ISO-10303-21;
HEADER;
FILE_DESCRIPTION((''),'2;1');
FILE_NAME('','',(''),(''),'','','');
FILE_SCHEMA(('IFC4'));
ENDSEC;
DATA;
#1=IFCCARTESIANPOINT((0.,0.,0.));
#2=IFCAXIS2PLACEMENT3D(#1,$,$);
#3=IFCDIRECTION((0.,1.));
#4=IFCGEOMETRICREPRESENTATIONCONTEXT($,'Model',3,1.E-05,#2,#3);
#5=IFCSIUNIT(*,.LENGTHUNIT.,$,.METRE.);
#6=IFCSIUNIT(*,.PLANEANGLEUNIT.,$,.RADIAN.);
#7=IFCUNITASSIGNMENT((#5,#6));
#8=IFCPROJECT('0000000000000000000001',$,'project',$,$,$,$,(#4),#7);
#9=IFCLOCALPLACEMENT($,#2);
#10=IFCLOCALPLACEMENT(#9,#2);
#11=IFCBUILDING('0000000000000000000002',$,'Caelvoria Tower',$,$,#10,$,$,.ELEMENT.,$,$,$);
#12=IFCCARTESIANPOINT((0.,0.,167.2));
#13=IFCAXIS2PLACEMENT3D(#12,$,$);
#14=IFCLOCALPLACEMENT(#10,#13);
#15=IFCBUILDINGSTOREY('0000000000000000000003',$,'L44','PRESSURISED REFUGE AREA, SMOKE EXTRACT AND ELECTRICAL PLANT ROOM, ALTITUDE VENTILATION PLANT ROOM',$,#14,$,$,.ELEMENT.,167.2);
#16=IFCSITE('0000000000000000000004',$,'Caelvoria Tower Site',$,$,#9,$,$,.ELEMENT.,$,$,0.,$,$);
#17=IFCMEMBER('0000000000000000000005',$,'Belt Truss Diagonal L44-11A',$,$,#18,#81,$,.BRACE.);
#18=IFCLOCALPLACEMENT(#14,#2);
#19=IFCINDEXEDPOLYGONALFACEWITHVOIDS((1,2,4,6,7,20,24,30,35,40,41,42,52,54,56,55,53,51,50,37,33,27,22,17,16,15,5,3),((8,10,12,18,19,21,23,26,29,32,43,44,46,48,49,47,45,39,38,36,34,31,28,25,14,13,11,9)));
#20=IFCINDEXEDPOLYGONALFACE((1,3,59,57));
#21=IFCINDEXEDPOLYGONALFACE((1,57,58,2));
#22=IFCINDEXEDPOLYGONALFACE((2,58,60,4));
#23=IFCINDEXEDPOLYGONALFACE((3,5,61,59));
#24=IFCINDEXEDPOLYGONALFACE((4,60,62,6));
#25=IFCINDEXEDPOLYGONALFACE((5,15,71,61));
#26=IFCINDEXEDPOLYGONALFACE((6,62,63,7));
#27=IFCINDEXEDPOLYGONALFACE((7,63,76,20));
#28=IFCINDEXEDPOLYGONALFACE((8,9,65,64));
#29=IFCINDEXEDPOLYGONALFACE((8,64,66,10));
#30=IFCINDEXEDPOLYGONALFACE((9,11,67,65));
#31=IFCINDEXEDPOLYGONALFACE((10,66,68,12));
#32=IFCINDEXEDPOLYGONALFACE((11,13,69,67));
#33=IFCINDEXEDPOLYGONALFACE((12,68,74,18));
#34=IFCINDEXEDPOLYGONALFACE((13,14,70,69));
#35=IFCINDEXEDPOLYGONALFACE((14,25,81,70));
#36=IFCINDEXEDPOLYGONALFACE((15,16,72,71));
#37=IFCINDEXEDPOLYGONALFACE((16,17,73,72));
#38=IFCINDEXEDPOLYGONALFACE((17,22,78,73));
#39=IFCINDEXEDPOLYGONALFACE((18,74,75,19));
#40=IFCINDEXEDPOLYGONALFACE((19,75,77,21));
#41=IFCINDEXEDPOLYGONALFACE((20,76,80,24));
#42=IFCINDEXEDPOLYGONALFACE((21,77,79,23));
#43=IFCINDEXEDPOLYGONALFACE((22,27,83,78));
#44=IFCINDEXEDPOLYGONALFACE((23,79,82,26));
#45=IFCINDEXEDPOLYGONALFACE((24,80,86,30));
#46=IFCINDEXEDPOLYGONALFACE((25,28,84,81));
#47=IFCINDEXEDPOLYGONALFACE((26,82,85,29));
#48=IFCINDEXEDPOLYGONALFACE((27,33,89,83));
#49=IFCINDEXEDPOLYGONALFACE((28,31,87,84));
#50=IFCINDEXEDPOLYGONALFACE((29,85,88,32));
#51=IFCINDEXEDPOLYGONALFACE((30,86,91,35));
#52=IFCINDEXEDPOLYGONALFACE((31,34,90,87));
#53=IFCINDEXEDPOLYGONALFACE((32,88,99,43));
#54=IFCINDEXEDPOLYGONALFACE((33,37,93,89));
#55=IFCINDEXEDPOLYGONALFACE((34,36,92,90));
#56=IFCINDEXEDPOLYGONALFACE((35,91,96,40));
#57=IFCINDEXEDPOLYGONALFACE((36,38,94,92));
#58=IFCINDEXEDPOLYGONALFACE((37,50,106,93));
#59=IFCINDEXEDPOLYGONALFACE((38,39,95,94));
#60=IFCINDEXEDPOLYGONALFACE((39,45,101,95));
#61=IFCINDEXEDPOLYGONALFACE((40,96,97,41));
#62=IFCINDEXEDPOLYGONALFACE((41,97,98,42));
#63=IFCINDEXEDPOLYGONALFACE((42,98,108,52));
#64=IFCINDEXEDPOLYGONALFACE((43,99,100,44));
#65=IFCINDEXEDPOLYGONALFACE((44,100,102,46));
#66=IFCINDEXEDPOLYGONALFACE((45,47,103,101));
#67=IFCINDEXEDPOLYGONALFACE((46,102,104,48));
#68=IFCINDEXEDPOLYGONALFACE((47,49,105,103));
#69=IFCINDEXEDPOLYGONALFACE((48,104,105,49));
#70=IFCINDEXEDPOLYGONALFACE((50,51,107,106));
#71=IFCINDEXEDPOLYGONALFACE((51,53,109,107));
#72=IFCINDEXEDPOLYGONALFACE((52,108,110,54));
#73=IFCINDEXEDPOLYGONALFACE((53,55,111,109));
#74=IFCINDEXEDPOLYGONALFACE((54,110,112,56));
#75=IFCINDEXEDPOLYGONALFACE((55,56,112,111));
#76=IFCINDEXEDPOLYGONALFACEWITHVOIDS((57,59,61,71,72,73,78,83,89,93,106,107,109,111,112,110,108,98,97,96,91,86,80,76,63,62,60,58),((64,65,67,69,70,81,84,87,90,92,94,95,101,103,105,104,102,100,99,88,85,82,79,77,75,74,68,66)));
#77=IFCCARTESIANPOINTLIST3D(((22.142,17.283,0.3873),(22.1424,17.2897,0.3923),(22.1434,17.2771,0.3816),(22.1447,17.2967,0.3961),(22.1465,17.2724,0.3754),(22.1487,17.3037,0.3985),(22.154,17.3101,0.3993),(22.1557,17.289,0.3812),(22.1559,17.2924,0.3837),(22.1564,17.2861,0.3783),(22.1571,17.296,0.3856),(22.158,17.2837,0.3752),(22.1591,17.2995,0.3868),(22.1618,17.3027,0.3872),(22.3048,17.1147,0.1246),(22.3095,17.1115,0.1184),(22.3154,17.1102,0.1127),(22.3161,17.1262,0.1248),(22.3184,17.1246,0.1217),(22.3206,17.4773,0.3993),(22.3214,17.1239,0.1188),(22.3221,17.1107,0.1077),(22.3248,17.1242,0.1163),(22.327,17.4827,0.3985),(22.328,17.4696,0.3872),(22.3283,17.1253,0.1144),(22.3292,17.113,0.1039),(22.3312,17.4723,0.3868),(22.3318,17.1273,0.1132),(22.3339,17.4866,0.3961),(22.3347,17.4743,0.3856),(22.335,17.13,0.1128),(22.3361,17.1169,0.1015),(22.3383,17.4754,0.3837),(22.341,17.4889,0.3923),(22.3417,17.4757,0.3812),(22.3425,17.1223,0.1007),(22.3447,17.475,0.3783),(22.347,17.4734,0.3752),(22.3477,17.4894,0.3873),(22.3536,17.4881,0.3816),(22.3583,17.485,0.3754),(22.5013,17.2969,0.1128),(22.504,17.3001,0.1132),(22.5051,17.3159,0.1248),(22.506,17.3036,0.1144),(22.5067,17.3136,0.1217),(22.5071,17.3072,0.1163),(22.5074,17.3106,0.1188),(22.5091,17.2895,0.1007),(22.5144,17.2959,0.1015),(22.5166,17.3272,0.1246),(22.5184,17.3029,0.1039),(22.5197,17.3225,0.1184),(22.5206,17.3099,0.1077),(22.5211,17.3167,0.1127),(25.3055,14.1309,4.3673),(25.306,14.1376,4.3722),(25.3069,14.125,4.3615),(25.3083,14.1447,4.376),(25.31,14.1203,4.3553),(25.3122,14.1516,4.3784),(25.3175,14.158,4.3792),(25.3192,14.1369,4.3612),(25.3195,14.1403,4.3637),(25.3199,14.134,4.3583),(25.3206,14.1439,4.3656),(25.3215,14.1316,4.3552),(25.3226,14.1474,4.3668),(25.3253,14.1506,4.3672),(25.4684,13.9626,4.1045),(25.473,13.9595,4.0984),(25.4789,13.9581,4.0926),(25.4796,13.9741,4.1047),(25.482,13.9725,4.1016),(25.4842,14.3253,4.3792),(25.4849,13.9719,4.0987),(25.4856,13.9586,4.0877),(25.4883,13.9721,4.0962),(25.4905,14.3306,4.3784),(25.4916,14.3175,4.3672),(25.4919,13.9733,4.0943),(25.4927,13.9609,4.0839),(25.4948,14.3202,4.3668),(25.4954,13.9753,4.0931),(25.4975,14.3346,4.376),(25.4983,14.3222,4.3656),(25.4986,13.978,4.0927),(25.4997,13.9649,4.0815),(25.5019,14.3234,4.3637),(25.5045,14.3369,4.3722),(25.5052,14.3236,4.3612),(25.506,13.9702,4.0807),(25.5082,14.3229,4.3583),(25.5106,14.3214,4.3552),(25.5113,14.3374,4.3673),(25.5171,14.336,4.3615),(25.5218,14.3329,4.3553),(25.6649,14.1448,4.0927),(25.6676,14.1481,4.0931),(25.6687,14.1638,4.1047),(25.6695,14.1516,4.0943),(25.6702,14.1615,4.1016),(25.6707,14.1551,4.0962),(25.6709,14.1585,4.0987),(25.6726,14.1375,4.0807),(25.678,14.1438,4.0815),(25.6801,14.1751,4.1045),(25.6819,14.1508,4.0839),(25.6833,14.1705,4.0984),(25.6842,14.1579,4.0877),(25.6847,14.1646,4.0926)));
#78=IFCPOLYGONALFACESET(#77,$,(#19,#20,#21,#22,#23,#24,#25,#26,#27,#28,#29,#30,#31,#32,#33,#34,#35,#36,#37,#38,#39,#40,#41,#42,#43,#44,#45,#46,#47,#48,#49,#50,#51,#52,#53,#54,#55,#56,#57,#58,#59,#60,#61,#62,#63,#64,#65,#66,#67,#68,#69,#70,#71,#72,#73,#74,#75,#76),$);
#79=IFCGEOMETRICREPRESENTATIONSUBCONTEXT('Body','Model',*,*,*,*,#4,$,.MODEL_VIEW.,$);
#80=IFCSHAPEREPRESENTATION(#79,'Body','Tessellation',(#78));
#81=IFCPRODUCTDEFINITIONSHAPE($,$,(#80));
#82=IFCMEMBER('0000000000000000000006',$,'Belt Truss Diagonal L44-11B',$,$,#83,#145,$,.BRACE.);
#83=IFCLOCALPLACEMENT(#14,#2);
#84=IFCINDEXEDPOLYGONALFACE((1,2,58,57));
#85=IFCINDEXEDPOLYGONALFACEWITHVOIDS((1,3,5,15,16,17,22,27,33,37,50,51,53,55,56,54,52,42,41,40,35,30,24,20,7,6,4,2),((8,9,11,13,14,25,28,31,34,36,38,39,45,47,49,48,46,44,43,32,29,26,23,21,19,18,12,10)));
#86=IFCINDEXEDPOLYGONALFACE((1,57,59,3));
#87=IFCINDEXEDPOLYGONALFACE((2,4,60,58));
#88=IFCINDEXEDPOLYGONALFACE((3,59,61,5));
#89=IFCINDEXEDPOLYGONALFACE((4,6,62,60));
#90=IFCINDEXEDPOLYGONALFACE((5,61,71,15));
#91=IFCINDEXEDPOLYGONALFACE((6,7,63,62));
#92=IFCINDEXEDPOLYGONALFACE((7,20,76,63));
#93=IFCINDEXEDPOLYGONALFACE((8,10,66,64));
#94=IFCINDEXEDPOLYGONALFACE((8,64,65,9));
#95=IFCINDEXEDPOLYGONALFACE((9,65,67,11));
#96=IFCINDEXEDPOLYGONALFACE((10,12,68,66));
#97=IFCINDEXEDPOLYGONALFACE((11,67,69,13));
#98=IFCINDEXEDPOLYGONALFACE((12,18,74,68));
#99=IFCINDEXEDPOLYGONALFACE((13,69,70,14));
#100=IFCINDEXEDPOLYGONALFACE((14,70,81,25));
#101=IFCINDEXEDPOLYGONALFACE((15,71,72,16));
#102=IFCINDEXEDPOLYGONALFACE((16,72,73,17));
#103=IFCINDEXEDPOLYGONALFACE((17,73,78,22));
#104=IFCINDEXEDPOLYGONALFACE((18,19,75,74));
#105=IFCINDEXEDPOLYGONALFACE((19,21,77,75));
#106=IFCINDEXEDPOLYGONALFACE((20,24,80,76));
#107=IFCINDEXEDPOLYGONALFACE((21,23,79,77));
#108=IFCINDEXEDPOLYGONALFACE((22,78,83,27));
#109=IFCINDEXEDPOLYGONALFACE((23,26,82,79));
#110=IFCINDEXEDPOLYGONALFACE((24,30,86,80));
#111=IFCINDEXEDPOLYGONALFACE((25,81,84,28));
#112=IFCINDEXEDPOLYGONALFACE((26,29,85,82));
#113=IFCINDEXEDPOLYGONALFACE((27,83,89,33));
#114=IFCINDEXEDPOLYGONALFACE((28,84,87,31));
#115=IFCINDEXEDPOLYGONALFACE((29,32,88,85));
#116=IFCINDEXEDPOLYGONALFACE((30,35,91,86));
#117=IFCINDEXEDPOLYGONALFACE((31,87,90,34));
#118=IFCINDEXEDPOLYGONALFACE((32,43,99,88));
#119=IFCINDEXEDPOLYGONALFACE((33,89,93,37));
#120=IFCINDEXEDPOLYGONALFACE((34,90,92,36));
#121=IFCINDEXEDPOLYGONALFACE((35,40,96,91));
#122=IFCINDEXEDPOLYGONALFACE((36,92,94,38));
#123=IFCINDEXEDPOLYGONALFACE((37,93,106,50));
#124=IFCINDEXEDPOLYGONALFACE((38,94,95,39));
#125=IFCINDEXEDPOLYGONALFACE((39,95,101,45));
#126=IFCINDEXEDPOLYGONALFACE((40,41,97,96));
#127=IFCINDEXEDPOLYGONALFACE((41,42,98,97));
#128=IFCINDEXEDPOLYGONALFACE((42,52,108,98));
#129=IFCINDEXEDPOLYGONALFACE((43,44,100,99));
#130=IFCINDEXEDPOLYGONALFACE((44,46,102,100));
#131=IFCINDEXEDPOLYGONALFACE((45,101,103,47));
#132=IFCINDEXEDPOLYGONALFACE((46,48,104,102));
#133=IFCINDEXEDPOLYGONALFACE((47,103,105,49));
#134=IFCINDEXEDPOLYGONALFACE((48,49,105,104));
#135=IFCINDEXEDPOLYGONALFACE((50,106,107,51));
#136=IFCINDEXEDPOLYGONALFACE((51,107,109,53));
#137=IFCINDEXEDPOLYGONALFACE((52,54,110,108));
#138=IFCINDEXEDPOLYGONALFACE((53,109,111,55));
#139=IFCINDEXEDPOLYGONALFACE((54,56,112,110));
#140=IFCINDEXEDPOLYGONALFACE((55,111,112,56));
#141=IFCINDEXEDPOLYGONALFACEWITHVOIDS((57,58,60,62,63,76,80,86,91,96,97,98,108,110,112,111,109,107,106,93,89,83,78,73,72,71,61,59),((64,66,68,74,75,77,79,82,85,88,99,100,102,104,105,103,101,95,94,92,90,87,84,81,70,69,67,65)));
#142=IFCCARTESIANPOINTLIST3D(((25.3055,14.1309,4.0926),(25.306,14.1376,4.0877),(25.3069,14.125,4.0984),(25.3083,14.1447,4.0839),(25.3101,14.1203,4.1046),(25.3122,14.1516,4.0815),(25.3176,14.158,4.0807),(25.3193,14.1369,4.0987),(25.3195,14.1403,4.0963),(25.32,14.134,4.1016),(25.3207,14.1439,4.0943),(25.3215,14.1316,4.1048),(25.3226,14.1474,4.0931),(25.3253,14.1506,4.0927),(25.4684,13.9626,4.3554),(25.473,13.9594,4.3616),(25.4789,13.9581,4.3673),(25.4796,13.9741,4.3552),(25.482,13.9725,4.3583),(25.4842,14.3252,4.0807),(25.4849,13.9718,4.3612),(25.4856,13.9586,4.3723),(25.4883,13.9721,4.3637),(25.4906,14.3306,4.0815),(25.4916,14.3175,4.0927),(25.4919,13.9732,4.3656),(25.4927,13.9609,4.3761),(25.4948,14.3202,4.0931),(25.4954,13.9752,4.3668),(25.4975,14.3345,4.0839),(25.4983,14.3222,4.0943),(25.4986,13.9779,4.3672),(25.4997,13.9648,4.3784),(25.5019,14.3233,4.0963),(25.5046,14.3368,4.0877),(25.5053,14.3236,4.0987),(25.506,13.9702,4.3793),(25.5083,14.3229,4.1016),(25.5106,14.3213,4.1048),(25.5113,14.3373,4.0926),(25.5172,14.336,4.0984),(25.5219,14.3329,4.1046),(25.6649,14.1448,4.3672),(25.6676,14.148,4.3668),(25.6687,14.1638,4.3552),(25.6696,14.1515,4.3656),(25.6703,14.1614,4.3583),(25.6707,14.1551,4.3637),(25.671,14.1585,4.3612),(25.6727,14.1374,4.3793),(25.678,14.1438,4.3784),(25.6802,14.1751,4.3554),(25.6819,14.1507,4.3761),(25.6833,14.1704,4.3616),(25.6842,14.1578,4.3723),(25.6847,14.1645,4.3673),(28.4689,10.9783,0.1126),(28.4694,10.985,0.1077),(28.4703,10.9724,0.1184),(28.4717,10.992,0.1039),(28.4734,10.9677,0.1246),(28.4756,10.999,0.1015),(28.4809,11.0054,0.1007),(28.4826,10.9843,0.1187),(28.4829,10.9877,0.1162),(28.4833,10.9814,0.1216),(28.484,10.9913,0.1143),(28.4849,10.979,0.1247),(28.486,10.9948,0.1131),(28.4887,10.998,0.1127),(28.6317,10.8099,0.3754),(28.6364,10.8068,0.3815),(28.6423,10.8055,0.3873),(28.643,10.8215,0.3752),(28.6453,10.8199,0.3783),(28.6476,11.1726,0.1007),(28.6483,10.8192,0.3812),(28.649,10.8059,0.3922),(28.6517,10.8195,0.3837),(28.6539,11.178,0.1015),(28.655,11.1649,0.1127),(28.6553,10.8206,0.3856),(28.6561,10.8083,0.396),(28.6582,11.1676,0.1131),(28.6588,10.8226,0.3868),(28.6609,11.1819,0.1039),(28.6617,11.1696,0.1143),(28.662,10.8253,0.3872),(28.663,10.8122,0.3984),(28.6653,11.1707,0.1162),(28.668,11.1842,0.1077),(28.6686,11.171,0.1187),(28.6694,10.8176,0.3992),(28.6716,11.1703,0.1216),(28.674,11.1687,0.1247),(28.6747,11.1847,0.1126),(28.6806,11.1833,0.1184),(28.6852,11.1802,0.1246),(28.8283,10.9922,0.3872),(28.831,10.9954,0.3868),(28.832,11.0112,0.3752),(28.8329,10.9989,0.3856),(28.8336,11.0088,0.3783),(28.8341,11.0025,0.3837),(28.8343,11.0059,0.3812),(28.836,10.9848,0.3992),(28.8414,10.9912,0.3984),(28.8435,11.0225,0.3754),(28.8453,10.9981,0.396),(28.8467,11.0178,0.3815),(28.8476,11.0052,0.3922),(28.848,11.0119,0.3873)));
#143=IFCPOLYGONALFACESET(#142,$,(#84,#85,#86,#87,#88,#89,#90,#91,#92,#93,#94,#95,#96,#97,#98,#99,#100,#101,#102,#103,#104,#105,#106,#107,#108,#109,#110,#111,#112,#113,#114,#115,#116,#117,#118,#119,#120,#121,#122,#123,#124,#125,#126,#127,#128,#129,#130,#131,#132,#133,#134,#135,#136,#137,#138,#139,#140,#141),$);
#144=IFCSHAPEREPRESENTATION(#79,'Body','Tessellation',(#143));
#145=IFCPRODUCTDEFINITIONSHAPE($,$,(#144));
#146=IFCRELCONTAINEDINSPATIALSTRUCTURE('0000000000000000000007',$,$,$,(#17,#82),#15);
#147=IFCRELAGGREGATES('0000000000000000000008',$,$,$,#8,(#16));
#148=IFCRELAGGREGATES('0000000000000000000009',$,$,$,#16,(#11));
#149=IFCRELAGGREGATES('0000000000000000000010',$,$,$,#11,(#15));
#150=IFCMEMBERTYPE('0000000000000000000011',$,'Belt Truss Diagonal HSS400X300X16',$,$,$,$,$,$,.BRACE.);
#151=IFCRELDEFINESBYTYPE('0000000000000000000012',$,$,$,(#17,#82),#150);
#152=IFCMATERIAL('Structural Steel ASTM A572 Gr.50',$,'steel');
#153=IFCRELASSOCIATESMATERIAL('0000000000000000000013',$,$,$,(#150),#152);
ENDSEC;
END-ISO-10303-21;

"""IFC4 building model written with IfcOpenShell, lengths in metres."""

from ifc_helpers import new_model, si_unit, direction, frame, origin, origin_2d, place, context, subcontext, project, spatial, hollow_rectangle, extrude, material, material_profile, profile_set, type_object, element, save


model = new_model("IFC4")

# Units and contexts
model_context = context("Model", 3, precision=1e-05, world=origin(), true_north=direction((0.0, 1.0)))
body_context = subcontext(model_context, "Body", "Model", "MODEL_VIEW")
ifc_project = project(units=[si_unit("LENGTHUNIT", "METRE"), si_unit("PLANEANGLEUNIT", "RADIAN")], contexts=[model_context])

# Site, building, storey
site_placement = place(None, origin())
site = spatial("IfcSite", under=ifc_project, at=site_placement, Name="Caelvoria Tower Site", CompositionType="ELEMENT", RefElevation=0.0)
building_placement = place(site_placement, origin())
building = spatial("IfcBuilding", under=site, at=building_placement, Name="Caelvoria Tower", CompositionType="ELEMENT")
storey_placement = place(building_placement, frame((0.0, 0.0, 167.2)))
storey = spatial("IfcBuildingStorey", under=building, at=storey_placement, Name="L44", Description="PRESSURISED REFUGE AREA, SMOKE EXTRACT AND ELECTRICAL PLANT ROOM, ALTITUDE VENTILATION PLANT ROOM", CompositionType="ELEMENT", Elevation=167.2)

# Shared definitions
ifc_material_1 = material(Name="Structural Steel ASTM A572 Gr.50", Category="steel")

# Members
ifc_material_profile_1 = material_profile(ifc_material_1, hollow_rectangle(XDim=0.3, YDim=0.3999, WallThickness=0.0161, InnerFilletRadius=0.0161, OuterFilletRadius=0.032, at=origin_2d()), Name="Structural Steel ASTM A572 Gr.50")
ifc_profile_set_1 = profile_set([ifc_material_profile_1], Name="HSS400X300X16 - Structural Steel ASTM A572 Gr.50")
member_type_1 = type_object("IfcMemberType", Name="Belt Truss Diagonal HSS400X300X16", PredefinedType="BRACE", material=ifc_profile_set_1)
member_1_placement = place(storey_placement, frame((22.3315, 17.2998, 0.25), z_axis=(0.52885, -0.526932, 0.665327), x_axis=(0.705821, 0.70839, 0.0)))
element("IfcMember", 1, at=member_1_placement, inside=storey, type_object=member_type_1, Name="Belt Truss Diagonal L44-11A", PredefinedType="BRACE", context=body_context, shape_type="SweptSolid", body=[
    extrude(hollow_rectangle(XDim=0.3, YDim=0.3999, WallThickness=0.0161, InnerFilletRadius=0.0161, OuterFilletRadius=0.032, at=origin_2d()), origin(), (0.0, 0.0, 1.0), 5.9819),
])
member_2_placement = place(storey_placement, frame((25.4951, 14.1477, 4.23), z_axis=(0.528798, -0.527002, -0.665313), x_axis=(0.705903, 0.708308, 0.0)))
element("IfcMember", 2, at=member_2_placement, inside=storey, type_object=member_type_1, Name="Belt Truss Diagonal L44-11B", PredefinedType="BRACE", context=body_context, shape_type="SweptSolid", body=[
    extrude(hollow_rectangle(XDim=0.3, YDim=0.3999, WallThickness=0.0161, InnerFilletRadius=0.0161, OuterFilletRadius=0.032, at=origin_2d()), origin(), (0.0, 0.0, 1.0), 5.9822),
])

save(model, "model.ifc")
